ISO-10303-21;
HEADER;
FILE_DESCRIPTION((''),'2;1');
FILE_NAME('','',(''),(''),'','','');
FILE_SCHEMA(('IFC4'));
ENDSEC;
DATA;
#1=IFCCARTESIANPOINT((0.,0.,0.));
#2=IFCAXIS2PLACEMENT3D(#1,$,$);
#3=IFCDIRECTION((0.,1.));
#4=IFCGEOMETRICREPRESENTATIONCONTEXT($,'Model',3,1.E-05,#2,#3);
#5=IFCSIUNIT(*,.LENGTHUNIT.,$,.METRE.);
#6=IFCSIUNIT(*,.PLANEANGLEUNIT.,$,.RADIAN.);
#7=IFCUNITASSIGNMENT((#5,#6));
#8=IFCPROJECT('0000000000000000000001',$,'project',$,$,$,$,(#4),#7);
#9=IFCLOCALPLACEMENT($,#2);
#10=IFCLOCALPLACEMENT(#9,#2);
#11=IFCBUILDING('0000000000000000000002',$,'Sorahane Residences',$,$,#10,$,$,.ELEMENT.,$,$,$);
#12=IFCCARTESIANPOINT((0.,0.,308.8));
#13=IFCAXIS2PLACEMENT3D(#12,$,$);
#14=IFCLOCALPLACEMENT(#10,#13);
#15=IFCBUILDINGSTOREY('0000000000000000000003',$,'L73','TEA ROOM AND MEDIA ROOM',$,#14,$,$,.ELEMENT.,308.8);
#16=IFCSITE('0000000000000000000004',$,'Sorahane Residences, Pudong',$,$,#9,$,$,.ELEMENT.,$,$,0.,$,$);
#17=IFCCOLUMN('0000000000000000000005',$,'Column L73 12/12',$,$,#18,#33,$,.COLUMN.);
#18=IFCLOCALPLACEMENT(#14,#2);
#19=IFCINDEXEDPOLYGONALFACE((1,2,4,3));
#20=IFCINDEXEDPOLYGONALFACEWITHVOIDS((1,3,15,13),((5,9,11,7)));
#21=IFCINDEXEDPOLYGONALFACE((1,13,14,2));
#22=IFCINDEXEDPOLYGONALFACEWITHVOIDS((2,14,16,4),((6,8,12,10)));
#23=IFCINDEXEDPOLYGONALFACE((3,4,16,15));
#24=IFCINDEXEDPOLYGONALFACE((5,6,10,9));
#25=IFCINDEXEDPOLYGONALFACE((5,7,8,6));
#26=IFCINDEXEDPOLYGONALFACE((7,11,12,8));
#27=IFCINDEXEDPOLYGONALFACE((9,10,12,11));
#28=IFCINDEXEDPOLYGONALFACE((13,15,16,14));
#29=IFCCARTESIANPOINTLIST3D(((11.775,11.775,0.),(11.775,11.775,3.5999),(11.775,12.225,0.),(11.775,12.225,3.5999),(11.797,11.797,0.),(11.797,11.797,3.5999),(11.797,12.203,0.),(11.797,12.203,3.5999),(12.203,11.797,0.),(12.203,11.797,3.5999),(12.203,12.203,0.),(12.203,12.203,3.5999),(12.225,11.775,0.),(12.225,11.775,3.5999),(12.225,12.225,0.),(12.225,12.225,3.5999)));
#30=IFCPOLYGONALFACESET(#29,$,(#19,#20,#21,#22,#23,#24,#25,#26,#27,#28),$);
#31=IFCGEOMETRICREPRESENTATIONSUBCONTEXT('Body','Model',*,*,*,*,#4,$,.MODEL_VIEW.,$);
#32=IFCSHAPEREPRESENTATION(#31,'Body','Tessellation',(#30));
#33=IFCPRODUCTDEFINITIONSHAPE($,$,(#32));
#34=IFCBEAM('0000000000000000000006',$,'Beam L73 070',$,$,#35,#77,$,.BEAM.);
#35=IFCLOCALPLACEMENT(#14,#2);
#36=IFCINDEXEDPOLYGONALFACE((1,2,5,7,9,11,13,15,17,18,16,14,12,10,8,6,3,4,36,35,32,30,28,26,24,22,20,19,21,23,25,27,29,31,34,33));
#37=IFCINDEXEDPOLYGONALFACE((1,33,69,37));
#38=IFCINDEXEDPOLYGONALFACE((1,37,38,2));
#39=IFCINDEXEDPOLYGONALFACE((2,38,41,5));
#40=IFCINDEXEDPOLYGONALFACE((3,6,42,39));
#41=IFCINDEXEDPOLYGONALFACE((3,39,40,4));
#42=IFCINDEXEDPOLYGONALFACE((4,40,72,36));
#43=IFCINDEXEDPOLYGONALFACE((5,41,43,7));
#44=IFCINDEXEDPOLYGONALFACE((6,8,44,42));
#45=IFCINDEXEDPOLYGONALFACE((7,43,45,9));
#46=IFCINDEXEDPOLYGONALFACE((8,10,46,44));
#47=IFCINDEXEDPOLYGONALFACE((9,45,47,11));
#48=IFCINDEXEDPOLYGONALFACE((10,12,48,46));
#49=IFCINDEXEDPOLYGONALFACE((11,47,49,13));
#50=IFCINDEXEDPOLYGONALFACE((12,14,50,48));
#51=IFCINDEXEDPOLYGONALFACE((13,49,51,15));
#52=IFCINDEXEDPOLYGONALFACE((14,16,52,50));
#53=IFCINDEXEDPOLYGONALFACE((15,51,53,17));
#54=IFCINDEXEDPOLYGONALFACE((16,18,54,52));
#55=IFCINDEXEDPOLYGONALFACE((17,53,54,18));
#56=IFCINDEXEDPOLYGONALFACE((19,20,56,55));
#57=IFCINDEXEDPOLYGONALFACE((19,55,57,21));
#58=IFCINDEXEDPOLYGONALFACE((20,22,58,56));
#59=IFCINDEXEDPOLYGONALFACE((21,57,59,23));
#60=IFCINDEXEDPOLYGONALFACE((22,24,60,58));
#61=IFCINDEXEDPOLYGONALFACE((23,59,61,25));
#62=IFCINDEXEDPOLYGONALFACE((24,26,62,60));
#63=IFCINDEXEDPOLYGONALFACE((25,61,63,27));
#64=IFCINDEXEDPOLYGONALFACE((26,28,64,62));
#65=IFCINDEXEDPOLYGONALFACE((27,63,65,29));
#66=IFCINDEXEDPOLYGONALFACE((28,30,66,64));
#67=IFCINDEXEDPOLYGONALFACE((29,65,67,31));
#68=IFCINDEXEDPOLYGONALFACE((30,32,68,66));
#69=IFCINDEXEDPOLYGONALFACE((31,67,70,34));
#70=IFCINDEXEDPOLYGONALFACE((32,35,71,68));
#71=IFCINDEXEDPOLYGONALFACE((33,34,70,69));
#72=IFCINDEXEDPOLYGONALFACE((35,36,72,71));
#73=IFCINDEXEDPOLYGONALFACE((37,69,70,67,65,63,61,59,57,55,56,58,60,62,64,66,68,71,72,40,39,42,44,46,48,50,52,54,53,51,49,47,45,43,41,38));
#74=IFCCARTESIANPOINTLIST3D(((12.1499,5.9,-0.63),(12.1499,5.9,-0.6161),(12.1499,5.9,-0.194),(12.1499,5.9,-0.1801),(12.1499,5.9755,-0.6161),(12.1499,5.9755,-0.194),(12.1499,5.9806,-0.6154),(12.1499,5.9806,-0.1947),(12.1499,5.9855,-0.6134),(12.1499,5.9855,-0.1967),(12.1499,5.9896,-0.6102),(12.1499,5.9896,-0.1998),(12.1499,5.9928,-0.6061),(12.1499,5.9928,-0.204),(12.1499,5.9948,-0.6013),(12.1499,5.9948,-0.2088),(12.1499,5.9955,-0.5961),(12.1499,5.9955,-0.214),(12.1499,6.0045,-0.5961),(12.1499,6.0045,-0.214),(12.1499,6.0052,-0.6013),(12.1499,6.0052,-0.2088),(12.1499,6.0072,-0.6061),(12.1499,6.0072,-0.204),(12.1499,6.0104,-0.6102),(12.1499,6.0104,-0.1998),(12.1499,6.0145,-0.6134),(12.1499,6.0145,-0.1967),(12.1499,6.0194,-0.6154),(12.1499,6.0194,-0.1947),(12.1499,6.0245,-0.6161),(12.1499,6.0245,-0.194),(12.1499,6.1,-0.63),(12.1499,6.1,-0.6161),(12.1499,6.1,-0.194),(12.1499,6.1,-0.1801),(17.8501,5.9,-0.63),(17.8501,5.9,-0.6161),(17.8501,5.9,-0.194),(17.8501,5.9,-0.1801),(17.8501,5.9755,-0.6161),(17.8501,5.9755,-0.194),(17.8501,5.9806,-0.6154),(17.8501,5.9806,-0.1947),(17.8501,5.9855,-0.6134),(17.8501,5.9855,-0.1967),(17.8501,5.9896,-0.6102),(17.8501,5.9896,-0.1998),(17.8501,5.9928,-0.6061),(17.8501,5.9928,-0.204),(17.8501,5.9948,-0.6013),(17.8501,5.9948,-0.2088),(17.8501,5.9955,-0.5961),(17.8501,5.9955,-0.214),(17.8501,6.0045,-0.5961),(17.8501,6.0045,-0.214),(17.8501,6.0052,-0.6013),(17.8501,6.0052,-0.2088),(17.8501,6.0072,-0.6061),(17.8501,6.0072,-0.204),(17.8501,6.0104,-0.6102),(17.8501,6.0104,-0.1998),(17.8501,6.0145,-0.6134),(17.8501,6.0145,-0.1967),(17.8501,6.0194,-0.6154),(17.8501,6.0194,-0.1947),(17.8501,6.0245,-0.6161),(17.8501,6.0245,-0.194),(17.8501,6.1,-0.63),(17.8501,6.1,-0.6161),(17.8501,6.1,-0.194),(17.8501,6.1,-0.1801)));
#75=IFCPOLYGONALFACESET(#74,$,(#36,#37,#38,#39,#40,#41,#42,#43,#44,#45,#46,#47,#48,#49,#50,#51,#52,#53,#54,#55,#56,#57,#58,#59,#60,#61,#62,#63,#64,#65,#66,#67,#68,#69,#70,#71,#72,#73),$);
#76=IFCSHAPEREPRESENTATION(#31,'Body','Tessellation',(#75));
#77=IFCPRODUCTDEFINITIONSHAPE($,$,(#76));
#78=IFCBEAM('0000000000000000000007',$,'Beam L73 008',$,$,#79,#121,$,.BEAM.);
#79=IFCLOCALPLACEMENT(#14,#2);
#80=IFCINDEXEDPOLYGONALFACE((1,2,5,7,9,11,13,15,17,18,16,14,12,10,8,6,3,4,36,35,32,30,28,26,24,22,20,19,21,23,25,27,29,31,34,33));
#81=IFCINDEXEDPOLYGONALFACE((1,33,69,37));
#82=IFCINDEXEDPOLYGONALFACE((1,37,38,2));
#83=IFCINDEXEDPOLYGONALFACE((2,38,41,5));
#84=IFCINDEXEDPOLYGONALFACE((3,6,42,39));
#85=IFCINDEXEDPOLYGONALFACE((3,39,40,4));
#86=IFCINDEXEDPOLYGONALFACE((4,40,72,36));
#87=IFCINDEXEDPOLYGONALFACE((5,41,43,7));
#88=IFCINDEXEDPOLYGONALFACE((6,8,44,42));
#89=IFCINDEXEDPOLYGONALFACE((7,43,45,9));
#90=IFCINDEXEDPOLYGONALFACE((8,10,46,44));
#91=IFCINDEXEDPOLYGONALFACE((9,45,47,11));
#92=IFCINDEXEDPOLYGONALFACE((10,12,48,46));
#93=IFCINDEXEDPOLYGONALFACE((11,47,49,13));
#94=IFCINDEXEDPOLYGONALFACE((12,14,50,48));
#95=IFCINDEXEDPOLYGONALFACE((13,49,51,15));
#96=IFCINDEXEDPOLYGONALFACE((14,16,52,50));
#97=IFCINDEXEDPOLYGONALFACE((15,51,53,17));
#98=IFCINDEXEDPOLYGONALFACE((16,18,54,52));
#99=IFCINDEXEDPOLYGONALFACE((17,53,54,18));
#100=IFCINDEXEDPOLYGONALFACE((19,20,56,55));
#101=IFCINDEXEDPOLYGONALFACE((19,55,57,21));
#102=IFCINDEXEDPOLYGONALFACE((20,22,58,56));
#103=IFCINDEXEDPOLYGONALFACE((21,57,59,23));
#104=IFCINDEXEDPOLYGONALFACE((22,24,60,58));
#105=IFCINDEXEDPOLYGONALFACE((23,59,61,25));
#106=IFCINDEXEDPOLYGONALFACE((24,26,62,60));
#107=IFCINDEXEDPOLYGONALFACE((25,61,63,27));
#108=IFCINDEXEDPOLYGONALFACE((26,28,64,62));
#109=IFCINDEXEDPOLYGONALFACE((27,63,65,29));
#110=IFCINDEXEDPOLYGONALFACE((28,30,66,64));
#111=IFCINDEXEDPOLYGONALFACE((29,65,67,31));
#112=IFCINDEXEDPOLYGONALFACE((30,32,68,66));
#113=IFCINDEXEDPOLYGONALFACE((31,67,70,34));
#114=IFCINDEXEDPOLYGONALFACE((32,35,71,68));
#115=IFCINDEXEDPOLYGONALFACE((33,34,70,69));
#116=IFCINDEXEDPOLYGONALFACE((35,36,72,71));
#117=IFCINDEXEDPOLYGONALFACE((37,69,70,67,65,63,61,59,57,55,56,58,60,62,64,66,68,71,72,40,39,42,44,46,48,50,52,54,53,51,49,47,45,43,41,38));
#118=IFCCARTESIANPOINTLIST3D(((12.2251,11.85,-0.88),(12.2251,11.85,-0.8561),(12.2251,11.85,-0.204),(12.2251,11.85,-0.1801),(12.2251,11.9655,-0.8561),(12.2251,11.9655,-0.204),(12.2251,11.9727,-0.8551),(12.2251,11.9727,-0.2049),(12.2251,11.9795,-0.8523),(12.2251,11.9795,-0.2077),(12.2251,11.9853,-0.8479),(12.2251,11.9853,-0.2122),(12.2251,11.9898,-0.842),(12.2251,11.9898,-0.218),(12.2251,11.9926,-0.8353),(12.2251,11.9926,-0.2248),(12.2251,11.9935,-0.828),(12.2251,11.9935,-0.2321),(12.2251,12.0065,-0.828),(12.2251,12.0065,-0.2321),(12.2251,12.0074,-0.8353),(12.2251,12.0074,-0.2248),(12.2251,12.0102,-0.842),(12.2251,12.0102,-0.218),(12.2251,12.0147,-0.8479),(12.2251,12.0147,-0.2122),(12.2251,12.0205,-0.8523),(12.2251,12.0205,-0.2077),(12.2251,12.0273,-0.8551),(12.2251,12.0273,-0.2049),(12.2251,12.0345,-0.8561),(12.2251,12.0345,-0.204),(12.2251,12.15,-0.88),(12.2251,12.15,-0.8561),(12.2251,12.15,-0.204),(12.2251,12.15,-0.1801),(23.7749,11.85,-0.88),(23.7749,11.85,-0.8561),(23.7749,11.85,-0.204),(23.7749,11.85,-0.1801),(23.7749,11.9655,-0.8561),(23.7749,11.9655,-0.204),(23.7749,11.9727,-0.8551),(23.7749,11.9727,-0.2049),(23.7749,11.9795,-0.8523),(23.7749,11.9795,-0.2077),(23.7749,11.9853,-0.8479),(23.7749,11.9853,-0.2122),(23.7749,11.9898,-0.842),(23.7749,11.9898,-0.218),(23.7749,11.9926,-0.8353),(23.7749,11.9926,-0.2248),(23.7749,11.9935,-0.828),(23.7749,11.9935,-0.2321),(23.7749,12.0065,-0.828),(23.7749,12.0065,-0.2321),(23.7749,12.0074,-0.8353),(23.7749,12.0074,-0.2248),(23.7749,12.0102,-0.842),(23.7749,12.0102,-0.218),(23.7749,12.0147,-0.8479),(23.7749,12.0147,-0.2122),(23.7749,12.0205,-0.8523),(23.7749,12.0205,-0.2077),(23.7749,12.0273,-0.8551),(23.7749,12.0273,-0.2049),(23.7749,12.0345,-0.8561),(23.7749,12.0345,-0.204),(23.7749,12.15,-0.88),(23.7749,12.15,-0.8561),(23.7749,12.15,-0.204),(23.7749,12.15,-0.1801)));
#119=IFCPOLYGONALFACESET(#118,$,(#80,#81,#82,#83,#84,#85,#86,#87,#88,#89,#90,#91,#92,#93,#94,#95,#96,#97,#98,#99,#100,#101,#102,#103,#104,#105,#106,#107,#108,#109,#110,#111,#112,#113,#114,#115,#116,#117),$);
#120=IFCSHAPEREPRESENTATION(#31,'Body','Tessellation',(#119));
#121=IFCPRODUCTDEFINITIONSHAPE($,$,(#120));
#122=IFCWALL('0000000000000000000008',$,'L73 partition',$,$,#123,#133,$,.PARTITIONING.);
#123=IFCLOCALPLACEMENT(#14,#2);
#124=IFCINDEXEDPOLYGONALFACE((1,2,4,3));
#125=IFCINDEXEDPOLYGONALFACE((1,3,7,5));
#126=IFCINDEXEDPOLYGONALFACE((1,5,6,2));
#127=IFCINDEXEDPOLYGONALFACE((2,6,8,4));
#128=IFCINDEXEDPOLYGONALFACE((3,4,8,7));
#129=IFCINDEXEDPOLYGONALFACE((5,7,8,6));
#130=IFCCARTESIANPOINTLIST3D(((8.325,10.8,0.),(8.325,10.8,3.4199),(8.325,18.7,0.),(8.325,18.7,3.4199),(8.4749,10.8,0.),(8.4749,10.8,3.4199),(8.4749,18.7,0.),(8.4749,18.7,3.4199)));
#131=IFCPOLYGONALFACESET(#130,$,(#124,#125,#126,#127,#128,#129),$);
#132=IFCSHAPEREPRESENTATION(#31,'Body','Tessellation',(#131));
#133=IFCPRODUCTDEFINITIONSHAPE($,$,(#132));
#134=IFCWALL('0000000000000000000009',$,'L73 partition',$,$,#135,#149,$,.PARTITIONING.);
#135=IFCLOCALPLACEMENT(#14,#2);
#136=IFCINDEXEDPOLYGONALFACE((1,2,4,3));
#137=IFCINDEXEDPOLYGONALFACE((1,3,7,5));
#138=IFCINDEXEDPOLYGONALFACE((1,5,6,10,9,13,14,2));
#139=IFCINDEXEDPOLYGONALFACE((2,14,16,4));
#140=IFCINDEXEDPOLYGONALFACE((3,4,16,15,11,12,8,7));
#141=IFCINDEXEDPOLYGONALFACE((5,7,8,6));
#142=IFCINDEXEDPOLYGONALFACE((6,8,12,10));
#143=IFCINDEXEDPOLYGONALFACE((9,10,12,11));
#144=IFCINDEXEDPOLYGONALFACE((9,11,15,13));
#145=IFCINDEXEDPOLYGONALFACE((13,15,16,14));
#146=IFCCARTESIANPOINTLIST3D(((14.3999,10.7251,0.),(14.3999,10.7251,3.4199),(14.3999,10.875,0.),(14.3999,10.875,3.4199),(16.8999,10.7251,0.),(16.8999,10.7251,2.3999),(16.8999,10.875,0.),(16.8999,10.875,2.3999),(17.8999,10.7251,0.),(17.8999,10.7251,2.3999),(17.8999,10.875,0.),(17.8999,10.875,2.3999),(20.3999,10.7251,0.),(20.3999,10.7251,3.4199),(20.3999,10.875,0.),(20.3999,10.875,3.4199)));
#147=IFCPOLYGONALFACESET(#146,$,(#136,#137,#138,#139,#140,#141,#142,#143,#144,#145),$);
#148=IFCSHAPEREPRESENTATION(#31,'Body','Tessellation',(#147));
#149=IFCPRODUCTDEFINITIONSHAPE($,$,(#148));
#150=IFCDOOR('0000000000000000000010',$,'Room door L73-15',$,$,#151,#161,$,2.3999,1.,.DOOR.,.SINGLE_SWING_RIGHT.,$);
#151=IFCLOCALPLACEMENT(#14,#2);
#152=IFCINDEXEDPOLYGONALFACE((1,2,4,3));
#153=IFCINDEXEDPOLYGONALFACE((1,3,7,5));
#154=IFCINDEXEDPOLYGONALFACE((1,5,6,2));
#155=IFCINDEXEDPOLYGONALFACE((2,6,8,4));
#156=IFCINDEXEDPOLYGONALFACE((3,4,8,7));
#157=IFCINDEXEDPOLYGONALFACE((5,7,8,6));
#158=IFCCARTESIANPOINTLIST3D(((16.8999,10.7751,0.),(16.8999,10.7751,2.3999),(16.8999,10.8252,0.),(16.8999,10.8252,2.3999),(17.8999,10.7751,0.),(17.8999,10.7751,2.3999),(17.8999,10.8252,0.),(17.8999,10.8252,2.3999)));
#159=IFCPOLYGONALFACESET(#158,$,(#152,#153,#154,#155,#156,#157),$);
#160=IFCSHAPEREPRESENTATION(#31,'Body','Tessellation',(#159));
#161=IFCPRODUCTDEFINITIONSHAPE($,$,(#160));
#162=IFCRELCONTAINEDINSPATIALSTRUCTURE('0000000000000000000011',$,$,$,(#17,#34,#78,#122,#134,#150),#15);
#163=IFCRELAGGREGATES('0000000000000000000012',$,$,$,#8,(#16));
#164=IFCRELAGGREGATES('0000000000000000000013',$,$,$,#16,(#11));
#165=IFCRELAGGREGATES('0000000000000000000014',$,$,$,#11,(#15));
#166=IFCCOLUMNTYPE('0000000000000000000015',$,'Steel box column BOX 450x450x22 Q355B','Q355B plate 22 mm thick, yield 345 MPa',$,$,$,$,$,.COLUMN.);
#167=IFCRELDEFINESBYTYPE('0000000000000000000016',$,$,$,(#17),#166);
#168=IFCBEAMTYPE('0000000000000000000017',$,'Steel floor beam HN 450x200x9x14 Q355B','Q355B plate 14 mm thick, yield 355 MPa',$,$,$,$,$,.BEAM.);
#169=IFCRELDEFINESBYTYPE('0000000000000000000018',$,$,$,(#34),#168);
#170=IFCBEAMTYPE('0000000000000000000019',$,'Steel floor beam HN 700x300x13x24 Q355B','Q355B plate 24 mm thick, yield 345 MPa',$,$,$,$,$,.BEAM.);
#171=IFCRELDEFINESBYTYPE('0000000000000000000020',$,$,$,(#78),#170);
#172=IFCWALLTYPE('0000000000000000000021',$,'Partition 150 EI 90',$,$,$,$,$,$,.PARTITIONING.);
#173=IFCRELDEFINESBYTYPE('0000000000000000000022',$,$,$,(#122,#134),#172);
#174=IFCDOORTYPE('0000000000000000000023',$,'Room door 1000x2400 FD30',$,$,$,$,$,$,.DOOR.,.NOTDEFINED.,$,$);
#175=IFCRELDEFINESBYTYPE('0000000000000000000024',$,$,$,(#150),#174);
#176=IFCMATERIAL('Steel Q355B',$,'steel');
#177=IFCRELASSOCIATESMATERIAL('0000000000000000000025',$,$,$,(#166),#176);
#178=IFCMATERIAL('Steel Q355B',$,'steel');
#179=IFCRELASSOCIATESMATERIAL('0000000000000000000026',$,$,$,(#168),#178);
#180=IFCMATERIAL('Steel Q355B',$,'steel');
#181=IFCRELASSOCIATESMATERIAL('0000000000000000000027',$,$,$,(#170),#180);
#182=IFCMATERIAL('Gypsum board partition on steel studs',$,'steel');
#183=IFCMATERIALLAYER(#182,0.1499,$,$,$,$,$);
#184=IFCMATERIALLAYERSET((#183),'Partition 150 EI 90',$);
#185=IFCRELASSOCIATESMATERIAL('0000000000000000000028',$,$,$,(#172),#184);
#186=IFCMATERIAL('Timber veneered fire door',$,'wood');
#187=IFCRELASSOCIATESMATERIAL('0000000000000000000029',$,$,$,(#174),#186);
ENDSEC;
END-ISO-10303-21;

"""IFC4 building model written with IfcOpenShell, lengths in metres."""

from ifc_helpers import new_model, si_unit, direction, frame, frame_2d, origin, origin_2d, place, context, subcontext, project, spatial, rectangle, hollow_rectangle, i_section, extrude, material, layer, layer_set, material_profile, profile_set, type_object, element, fill, save


model = new_model("IFC4")

# Units and contexts
model_context = context("Model", 3, precision=1e-05, world=origin(), true_north=direction((0.0, 1.0)))
body_context = subcontext(model_context, "Body", "Model", "MODEL_VIEW")
ifc_project = project(units=[si_unit("LENGTHUNIT", "METRE"), si_unit("PLANEANGLEUNIT", "RADIAN")], contexts=[model_context])

# Site, building, storey
site_placement = place(None, origin())
site = spatial("IfcSite", under=ifc_project, at=site_placement, Name="Sorahane Residences, Pudong", CompositionType="ELEMENT", RefElevation=0.0)
building_placement = place(site_placement, origin())
building = spatial("IfcBuilding", under=site, at=building_placement, Name="Sorahane Residences", CompositionType="ELEMENT")
storey_placement = place(building_placement, frame((0.0, 0.0, 308.8)))
storey = spatial("IfcBuildingStorey", under=building, at=storey_placement, Name="L73", Description="TEA ROOM AND MEDIA ROOM", CompositionType="ELEMENT", Elevation=308.8)

# Column
ifc_material_1 = material(Name="Steel Q355B", Category="steel")
ifc_material_profile_1 = material_profile(ifc_material_1, hollow_rectangle(XDim=0.45, YDim=0.45, WallThickness=0.022, at=origin_2d()), Name="BOX 450x450x22")
ifc_profile_set_1 = profile_set([ifc_material_profile_1], Name="Steel Q355B")
column_type = type_object("IfcColumnType", Name="Steel box column BOX 450x450x22 Q355B", Description="Q355B plate 22 mm thick, yield 345 MPa", PredefinedType="COLUMN", material=ifc_profile_set_1)
column_placement = place(storey_placement, frame((12.0, 12.0, 0.0), z_axis=(0.0, 0.0, 1.0), x_axis=(1.0, 0.0, 0.0)))
element("IfcColumn", 1, at=column_placement, inside=storey, type_object=column_type, Name="Column L73 12/12", PredefinedType="COLUMN", context=body_context, shape_type="SweptSolid", body=[
    extrude(hollow_rectangle(XDim=0.45, YDim=0.45, WallThickness=0.022, at=origin_2d()), origin(), (0.0, 0.0, 1.0), 3.5999),
])

# Beams
ifc_material_2 = material(Name="Steel Q355B", Category="steel")
ifc_material_profile_2 = material_profile(ifc_material_2, i_section(OverallWidth=0.2, OverallDepth=0.45, WebThickness=0.009, FlangeThickness=0.0139, FilletRadius=0.02, at=origin_2d()), Name="HN 450x200x9x14")
ifc_profile_set_2 = profile_set([ifc_material_profile_2], Name="Steel Q355B")
beam_type_1 = type_object("IfcBeamType", Name="Steel floor beam HN 450x200x9x14 Q355B", Description="Q355B plate 14 mm thick, yield 355 MPa", PredefinedType="BEAM", material=ifc_profile_set_2)
beam_1_placement = place(storey_placement, frame((12.1499, 6.0, -0.405), z_axis=(1.0, 0.0, 0.0), x_axis=(0.0, 1.0, 0.0)))
element("IfcBeam", 2, at=beam_1_placement, inside=storey, type_object=beam_type_1, Name="Beam L73 070", PredefinedType="BEAM", context=body_context, shape_type="SweptSolid", body=[
    extrude(i_section(OverallWidth=0.2, OverallDepth=0.45, WebThickness=0.009, FlangeThickness=0.0139, FilletRadius=0.02, at=origin_2d()), origin(), (0.0, 0.0, 1.0), 5.7002),
])
ifc_material_3 = material(Name="Steel Q355B", Category="steel")
ifc_material_profile_3 = material_profile(ifc_material_3, i_section(OverallWidth=0.3, OverallDepth=0.7, WebThickness=0.0129, FlangeThickness=0.0239, FilletRadius=0.0281, at=origin_2d()), Name="HN 700x300x13x24")
ifc_profile_set_3 = profile_set([ifc_material_profile_3], Name="Steel Q355B")
beam_type_2 = type_object("IfcBeamType", Name="Steel floor beam HN 700x300x13x24 Q355B", Description="Q355B plate 24 mm thick, yield 345 MPa", PredefinedType="BEAM", material=ifc_profile_set_3)
beam_2_placement = place(storey_placement, frame((12.2251, 12.0, -0.53), z_axis=(1.0, 0.0, 0.0), x_axis=(0.0, 1.0, 0.0)))
element("IfcBeam", 3, at=beam_2_placement, inside=storey, type_object=beam_type_2, Name="Beam L73 008", PredefinedType="BEAM", context=body_context, shape_type="SweptSolid", body=[
    extrude(i_section(OverallWidth=0.3, OverallDepth=0.7, WebThickness=0.0129, FlangeThickness=0.0239, FilletRadius=0.0281, at=origin_2d()), origin(), (0.0, 0.0, 1.0), 11.5498),
])

# Wall
ifc_material_4 = material(Name="Gypsum board partition on steel studs", Category="steel")
ifc_layer_1 = layer(ifc_material_4, 0.1499)
ifc_layer_set_1 = layer_set([ifc_layer_1], Name="Partition 150 EI 90")
wall_type_1 = type_object("IfcWallType", Name="Partition 150 EI 90", PredefinedType="PARTITIONING", material=ifc_layer_set_1)
wall_1_placement = place(storey_placement, frame((8.3999, 10.8, 0.0), z_axis=(0.0, 0.0, 1.0), x_axis=(0.0, 1.0, 0.0)))
element("IfcWall", 4, at=wall_1_placement, inside=storey, type_object=wall_type_1, Name="L73 partition", PredefinedType="PARTITIONING", context=body_context, shape_type="SweptSolid", body=[
    extrude(rectangle(XDim=7.8999, YDim=0.1499, at=frame_2d((3.95, 0.0))), origin(), (0.0, 0.0, 1.0), 3.4199),
])

# Wall, opening, door
wall_2_placement = place(storey_placement, frame((14.3999, 10.8, 0.0), z_axis=(0.0, 0.0, 1.0), x_axis=(1.0, 0.0, 0.0)))
wall_2 = element("IfcWall", 5, at=wall_2_placement, inside=storey, type_object=wall_type_1, Name="L73 partition", PredefinedType="PARTITIONING", context=body_context, shape_type="SweptSolid", body=[
    extrude(rectangle(XDim=6.0, YDim=0.1499, at=frame_2d((3.0, 0.0))), origin(), (0.0, 0.0, 1.0), 3.4199),
])
opening_1_placement = place(wall_2_placement, frame((2.5, 0.0, 0.0)))
opening_1 = element("IfcOpeningElement", 6, at=opening_1_placement, cuts=wall_2, PredefinedType="OPENING", context=body_context, shape_type="SweptSolid", body=[
    extrude(rectangle(XDim=1.0, YDim=2.3999, at=frame_2d((0.5, 1.2))), frame((0.0, 0.085, 0.0), z_axis=(0.0, -1.0, 0.0), x_axis=(1.0, 0.0, 0.0)), (0.0, 0.0, 1.0), 0.1699),
])
ifc_material_5 = material(Name="Timber veneered fire door", Category="wood")
door_type_1 = type_object("IfcDoorType", Name="Room door 1000x2400 FD30", OperationType="NOTDEFINED", PredefinedType="DOOR", material=ifc_material_5)
door_1_placement = place(opening_1_placement, frame((1.0, 0.0, 0.0), z_axis=(0.0, 0.0, 1.0), x_axis=(-1.0, 0.0, 0.0)))
door_1 = element("IfcDoor", 7, at=door_1_placement, inside=storey, type_object=door_type_1, Name="Room door L73-15", OperationType="SINGLE_SWING_RIGHT", OverallHeight=2.3999, OverallWidth=1.0, PredefinedType="DOOR", context=body_context, shape_type="SweptSolid", body=[
    extrude(rectangle(XDim=1.0, YDim=2.3999, at=frame_2d((0.5, 1.2))), frame((0.0, 0.0249, 0.0), z_axis=(0.0, -1.0, 0.0), x_axis=(1.0, 0.0, 0.0)), (0.0, 0.0, 1.0), 0.05),
])
fill(opening_1, door_1)

save(model, "model.ifc")
